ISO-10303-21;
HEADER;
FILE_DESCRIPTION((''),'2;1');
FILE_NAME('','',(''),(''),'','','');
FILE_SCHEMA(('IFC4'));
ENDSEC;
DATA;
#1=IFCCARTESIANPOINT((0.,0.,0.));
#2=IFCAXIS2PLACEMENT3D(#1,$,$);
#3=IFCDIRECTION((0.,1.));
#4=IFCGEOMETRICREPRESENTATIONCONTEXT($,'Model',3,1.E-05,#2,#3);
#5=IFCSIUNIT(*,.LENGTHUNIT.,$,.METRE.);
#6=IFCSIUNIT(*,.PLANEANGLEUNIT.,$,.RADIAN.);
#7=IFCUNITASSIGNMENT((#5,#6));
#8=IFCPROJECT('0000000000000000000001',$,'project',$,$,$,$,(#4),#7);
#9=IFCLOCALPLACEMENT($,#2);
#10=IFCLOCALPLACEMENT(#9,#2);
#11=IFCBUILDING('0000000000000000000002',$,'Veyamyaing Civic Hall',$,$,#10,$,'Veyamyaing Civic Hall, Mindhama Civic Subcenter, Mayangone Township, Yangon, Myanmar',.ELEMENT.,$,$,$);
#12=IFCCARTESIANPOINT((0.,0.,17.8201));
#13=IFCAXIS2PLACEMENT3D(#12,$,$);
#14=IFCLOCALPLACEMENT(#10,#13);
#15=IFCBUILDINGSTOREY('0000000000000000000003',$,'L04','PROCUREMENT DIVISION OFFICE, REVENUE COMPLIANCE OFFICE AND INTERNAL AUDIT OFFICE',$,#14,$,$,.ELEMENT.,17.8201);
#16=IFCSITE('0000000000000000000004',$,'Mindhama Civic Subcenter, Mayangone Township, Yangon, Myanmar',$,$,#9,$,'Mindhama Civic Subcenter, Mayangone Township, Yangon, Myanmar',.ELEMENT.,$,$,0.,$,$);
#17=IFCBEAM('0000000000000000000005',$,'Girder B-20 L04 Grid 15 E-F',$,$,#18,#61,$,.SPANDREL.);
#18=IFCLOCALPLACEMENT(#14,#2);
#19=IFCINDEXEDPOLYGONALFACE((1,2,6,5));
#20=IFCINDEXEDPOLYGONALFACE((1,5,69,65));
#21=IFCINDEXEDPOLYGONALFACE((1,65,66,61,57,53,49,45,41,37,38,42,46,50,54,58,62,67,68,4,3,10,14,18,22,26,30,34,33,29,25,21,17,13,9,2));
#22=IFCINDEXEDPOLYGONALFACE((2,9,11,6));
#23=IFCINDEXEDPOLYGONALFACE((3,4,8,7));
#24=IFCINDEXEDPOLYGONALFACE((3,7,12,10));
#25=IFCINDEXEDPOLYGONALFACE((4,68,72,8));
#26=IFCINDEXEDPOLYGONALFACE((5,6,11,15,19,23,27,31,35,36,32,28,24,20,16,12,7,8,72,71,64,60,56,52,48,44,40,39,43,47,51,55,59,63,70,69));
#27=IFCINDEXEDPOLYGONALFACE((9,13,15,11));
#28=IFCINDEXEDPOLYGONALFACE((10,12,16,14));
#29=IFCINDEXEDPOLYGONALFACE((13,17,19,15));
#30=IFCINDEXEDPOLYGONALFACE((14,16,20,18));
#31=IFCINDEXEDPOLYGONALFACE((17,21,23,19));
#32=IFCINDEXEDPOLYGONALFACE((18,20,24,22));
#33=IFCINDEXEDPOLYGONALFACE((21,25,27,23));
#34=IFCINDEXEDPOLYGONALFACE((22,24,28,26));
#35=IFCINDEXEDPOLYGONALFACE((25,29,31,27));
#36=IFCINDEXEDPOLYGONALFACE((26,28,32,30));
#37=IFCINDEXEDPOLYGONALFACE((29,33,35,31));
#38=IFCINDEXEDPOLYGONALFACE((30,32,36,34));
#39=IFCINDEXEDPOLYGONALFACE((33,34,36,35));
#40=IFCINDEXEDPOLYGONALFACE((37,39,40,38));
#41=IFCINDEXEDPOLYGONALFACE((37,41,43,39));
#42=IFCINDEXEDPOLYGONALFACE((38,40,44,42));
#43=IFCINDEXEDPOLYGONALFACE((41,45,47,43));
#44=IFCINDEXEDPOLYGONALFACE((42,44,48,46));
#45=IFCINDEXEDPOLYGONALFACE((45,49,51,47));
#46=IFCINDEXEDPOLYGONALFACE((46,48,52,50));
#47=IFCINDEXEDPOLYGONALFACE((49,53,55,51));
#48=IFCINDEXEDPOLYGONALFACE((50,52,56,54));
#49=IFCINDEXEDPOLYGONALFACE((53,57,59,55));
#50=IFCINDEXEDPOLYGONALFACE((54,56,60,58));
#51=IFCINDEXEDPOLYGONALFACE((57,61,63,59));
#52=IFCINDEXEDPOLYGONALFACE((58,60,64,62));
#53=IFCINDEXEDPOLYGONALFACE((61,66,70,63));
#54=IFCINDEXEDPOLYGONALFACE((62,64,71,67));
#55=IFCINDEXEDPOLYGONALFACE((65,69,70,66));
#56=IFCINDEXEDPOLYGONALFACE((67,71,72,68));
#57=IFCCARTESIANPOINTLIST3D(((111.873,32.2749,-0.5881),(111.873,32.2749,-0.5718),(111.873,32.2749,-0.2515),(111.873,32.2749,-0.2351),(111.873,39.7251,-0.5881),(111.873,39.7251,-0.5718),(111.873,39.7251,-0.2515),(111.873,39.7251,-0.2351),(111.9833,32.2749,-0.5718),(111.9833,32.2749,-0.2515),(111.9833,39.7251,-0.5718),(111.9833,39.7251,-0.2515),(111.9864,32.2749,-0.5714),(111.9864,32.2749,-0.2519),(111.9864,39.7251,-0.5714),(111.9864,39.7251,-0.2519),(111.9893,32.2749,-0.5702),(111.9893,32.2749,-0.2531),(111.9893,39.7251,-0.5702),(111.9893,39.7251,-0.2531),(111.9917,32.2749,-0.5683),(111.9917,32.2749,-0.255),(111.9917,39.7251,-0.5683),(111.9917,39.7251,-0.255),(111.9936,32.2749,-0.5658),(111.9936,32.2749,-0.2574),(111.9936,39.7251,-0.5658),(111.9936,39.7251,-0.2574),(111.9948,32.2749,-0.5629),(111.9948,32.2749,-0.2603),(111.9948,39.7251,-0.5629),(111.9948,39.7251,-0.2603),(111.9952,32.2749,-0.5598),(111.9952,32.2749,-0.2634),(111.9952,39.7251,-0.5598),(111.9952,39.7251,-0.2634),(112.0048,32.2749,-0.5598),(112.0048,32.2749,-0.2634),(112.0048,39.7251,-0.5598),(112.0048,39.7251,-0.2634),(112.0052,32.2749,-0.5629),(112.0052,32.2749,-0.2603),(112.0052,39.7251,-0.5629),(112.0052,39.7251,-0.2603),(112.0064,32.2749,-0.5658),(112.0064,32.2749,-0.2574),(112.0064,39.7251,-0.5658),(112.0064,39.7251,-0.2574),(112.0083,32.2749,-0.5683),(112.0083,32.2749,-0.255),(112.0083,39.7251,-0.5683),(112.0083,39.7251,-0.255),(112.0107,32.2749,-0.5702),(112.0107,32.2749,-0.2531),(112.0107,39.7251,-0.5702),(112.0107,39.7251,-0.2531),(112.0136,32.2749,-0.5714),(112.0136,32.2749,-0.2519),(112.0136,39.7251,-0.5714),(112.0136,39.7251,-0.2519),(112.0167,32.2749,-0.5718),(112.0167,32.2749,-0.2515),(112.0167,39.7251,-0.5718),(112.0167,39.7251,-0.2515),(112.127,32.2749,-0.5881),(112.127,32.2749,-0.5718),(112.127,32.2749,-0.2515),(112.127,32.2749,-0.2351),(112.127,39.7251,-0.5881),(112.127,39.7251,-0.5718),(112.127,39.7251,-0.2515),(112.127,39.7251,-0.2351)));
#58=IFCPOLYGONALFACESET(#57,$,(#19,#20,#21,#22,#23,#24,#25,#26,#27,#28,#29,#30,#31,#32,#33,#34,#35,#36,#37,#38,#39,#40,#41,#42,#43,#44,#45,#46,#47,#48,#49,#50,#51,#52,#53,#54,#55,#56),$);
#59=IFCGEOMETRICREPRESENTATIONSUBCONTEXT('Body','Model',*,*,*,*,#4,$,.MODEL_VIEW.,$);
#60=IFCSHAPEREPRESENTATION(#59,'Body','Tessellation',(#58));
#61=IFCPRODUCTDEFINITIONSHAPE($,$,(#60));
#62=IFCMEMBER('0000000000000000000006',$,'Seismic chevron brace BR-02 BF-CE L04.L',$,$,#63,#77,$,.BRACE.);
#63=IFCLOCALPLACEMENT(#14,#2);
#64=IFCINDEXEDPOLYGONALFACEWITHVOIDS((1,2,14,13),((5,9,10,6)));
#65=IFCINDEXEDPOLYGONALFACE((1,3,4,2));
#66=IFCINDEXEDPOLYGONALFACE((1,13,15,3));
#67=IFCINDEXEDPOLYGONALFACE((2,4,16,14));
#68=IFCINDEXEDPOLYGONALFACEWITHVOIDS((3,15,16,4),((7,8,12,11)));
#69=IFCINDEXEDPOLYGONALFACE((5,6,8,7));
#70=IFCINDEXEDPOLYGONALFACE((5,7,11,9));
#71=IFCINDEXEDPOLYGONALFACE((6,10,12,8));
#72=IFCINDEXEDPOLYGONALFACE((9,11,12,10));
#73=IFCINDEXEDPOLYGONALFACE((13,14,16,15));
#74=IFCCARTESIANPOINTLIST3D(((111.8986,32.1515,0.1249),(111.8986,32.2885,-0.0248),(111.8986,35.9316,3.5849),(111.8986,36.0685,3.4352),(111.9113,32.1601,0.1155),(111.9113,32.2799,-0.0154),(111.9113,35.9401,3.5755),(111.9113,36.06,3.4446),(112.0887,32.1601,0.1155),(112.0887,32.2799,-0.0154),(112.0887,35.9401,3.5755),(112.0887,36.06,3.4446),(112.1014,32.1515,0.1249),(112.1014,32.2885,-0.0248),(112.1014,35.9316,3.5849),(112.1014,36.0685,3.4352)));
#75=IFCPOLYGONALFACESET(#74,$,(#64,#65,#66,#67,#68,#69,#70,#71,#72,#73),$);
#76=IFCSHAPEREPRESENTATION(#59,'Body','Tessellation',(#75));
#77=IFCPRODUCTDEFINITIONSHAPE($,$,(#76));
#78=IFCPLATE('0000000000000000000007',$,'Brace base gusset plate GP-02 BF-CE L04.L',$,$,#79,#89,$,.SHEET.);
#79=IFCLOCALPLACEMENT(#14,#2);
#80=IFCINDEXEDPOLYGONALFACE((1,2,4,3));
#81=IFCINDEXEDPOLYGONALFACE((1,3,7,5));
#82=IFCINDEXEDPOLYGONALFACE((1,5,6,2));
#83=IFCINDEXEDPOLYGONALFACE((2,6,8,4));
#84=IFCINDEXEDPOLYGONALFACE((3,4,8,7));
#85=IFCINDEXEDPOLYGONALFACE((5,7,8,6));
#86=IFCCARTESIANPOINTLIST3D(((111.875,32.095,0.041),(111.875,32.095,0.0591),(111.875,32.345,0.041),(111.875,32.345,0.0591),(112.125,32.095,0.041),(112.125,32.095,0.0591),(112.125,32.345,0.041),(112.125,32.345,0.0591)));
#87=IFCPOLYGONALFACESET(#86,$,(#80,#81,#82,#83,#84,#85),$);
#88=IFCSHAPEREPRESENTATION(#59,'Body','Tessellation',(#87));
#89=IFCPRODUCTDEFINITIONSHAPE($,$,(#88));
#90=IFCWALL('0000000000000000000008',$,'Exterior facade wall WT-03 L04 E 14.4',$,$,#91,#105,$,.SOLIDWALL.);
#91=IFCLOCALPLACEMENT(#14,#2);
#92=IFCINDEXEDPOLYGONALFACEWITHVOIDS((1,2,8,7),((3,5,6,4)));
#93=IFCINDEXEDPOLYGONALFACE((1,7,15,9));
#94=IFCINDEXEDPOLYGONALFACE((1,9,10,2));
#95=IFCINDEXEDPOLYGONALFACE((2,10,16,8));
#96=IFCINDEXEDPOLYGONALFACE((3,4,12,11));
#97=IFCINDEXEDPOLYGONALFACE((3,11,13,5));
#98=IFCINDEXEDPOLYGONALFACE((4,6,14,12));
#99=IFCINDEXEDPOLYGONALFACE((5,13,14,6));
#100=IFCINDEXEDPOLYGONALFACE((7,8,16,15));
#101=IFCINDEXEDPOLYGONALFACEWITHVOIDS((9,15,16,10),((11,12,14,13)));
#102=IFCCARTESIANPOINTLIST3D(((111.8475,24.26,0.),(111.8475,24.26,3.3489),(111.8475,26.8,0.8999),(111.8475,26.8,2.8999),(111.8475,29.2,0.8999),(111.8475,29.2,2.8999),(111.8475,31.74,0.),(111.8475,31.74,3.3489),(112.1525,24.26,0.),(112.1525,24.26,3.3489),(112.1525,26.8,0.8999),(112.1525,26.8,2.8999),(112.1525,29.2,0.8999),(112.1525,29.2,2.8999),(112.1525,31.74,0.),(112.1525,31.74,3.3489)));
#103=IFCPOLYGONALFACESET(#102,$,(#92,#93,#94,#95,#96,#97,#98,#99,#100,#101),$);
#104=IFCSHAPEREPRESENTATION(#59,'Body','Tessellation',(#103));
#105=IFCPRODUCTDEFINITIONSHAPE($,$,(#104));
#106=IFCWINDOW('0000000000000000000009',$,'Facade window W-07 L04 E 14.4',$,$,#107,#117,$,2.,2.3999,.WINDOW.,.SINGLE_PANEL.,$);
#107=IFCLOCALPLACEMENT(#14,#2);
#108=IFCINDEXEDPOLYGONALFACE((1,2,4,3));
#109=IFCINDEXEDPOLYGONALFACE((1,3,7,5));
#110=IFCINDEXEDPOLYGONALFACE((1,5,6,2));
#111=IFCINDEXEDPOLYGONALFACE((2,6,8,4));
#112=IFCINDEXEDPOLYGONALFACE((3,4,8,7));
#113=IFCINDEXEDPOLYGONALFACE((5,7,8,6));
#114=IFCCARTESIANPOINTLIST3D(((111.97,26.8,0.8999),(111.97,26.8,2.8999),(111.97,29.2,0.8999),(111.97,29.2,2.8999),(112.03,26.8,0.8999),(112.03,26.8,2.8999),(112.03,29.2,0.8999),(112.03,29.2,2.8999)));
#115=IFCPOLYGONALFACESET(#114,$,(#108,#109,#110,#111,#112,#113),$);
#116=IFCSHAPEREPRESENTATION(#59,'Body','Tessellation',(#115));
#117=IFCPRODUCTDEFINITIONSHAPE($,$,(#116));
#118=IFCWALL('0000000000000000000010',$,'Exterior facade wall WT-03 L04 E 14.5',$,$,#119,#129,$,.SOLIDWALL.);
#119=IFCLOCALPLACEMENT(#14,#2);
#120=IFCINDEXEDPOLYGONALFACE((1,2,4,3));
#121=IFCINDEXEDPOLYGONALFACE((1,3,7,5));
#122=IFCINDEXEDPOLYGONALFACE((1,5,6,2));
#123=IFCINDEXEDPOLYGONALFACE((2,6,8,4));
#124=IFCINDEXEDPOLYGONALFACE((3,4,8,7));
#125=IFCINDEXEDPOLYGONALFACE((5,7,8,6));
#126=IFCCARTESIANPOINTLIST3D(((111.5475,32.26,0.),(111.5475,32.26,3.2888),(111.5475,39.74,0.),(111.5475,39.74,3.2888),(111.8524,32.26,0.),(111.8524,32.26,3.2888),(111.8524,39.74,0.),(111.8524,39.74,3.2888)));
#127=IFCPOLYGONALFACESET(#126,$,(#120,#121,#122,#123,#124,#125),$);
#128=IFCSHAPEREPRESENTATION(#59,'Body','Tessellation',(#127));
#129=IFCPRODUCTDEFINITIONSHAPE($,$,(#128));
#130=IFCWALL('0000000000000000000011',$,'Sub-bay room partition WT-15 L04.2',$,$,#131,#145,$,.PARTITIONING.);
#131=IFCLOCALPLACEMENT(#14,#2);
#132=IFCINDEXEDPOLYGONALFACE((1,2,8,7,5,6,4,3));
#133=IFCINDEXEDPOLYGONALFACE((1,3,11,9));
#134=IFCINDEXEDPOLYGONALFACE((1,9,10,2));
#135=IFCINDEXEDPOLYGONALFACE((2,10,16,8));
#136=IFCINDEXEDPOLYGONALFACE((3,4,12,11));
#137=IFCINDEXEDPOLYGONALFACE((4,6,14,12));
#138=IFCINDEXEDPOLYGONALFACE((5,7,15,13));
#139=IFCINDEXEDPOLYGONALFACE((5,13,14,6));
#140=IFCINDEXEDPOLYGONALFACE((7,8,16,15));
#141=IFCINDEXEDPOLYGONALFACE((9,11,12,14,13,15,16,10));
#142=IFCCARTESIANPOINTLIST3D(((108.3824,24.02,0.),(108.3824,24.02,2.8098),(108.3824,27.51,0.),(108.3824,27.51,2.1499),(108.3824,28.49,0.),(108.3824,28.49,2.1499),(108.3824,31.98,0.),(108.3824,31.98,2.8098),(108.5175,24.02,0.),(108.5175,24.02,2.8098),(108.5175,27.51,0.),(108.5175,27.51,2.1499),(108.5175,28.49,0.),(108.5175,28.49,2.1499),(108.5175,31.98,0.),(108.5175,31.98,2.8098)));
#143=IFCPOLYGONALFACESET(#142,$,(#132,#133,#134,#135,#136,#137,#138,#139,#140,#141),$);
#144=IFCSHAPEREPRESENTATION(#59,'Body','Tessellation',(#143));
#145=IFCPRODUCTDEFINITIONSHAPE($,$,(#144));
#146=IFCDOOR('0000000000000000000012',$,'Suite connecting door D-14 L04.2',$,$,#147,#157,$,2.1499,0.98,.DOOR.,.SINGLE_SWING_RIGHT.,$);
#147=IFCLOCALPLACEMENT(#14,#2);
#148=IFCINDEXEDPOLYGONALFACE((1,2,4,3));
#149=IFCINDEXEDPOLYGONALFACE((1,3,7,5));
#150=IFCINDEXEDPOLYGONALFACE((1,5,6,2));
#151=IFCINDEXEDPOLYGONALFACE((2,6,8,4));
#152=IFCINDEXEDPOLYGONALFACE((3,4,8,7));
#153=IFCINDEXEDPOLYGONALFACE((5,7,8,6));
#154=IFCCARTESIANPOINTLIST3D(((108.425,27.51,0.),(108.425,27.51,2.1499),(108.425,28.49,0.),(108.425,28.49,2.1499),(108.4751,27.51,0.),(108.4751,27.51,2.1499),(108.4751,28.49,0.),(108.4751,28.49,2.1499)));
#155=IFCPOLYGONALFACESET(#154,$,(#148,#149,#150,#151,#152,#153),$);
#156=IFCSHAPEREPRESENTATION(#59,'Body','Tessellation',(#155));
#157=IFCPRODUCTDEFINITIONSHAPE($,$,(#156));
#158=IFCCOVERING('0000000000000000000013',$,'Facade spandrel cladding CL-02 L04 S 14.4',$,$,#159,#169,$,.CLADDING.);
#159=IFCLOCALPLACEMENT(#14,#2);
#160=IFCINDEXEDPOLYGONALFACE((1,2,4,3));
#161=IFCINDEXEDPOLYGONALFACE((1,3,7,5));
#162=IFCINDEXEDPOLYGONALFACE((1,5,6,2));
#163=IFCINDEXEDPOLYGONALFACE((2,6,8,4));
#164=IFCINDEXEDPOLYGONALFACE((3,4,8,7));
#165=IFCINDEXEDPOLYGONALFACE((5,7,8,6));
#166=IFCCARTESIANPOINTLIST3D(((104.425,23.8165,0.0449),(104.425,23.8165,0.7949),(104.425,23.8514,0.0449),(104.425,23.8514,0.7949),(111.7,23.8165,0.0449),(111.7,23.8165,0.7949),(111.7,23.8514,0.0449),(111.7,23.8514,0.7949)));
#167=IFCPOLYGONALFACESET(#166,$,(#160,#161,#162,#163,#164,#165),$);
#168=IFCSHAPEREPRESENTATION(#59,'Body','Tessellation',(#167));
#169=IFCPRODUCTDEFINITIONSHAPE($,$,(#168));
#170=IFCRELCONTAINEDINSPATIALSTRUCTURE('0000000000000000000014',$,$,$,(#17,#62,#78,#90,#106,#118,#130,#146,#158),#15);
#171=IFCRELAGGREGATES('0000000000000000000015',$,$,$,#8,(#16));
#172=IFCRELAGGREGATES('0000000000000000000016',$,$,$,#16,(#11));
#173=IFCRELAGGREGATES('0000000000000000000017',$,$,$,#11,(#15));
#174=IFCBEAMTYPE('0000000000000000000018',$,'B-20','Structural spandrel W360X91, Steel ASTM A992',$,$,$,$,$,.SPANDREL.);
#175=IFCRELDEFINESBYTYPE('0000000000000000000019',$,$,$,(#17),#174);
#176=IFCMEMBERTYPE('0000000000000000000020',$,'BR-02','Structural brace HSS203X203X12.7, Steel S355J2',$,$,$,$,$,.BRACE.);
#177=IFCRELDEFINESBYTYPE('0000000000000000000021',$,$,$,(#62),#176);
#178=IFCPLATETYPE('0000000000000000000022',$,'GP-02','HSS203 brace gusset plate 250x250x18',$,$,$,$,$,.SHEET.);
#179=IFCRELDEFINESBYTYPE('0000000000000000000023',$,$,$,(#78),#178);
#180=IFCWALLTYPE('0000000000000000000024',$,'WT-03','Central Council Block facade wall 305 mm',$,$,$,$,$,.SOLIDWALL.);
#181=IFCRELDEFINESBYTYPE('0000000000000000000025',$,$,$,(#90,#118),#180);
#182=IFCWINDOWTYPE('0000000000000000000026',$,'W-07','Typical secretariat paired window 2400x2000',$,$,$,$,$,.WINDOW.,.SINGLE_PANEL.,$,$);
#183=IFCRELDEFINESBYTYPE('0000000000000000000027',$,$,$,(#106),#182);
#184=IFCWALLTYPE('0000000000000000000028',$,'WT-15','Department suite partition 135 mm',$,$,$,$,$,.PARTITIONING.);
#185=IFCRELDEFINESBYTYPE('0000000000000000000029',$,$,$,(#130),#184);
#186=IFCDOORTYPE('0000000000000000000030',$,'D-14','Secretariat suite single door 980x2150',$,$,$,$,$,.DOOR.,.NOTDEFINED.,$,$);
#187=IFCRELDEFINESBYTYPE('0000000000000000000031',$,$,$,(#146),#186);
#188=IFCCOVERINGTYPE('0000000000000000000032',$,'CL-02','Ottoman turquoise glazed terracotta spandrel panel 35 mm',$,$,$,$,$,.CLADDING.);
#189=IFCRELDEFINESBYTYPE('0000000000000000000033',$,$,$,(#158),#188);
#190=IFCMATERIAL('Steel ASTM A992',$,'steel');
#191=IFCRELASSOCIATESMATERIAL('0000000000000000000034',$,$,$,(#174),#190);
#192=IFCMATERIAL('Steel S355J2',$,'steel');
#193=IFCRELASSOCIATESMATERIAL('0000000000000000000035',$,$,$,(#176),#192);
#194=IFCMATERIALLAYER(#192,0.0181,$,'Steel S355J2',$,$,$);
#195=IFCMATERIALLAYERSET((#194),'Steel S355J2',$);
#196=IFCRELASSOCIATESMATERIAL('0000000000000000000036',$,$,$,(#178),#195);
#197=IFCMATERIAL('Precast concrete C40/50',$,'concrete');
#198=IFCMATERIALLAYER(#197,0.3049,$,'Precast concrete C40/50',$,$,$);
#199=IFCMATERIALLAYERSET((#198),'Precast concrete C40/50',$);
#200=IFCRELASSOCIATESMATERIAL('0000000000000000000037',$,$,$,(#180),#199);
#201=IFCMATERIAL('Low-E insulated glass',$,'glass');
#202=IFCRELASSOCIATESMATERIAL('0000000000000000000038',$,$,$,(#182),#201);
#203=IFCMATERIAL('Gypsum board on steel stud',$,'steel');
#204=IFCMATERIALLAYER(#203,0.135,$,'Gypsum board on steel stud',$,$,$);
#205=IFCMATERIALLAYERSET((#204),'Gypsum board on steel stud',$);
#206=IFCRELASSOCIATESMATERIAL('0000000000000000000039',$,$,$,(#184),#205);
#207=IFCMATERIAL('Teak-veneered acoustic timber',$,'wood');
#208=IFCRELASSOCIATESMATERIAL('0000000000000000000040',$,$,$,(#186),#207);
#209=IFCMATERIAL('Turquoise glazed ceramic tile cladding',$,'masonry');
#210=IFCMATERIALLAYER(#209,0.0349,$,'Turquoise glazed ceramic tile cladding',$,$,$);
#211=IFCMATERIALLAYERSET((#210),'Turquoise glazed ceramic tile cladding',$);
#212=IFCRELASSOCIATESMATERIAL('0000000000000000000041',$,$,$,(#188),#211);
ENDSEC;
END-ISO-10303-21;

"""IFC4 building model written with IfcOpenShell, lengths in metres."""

from ifc_helpers import new_model, si_unit, direction, frame, frame_2d, origin, origin_2d, place, context, subcontext, project, spatial, rectangle, hollow_rectangle, i_section, extrude, material, layer, layer_set, material_profile, profile_set, type_object, element, fill, save


model = new_model("IFC4")

# Units and contexts
model_context = context("Model", 3, precision=1e-05, world=origin(), true_north=direction((0.0, 1.0)))
body_context = subcontext(model_context, "Body", "Model", "MODEL_VIEW")
ifc_project = project(units=[si_unit("LENGTHUNIT", "METRE"), si_unit("PLANEANGLEUNIT", "RADIAN")], contexts=[model_context])

# Site, building, storey
site_placement = place(None, origin())
site = spatial("IfcSite", under=ifc_project, at=site_placement, Name="Mindhama Civic Subcenter, Mayangone Township, Yangon, Myanmar", LongName="Mindhama Civic Subcenter, Mayangone Township, Yangon, Myanmar", CompositionType="ELEMENT", RefElevation=0.0)
building_placement = place(site_placement, origin())
building = spatial("IfcBuilding", under=site, at=building_placement, Name="Veyamyaing Civic Hall", LongName="Veyamyaing Civic Hall, Mindhama Civic Subcenter, Mayangone Township, Yangon, Myanmar", CompositionType="ELEMENT")
storey_placement = place(building_placement, frame((0.0, 0.0, 17.8201)))
storey = spatial("IfcBuildingStorey", under=building, at=storey_placement, Name="L04", Description="PROCUREMENT DIVISION OFFICE, REVENUE COMPLIANCE OFFICE AND INTERNAL AUDIT OFFICE", CompositionType="ELEMENT", Elevation=17.8201)

# Beam
ifc_material_1 = material(Name="Steel ASTM A992", Category="steel")
ifc_material_profile_1 = material_profile(ifc_material_1, i_section(OverallWidth=0.2539, OverallDepth=0.353, WebThickness=0.0095, FlangeThickness=0.0164, FilletRadius=0.012, at=origin_2d()), Name="W360X91")
ifc_profile_set_1 = profile_set([ifc_material_profile_1], Name="Steel ASTM A992")
beam_type_1 = type_object("IfcBeamType", Name="B-20", Description="Structural spandrel W360X91, Steel ASTM A992", PredefinedType="SPANDREL", material=ifc_profile_set_1)
beam_1_placement = place(storey_placement, frame((112.0, 32.2749, -0.4116), z_axis=(0.0, 1.0, 0.0), x_axis=(-1.0, 0.0, 0.0)))
element("IfcBeam", 1, at=beam_1_placement, inside=storey, type_object=beam_type_1, Name="Girder B-20 L04 Grid 15 E-F", PredefinedType="SPANDREL", context=body_context, shape_type="SweptSolid", body=[
    extrude(i_section(OverallWidth=0.2539, OverallDepth=0.353, WebThickness=0.0095, FlangeThickness=0.0164, FilletRadius=0.012, at=origin_2d()), origin(), (0.0, 0.0, 1.0), 7.4502),
])

# Member
ifc_material_2 = material(Name="Steel S355J2", Category="steel")
ifc_material_profile_2 = material_profile(ifc_material_2, hollow_rectangle(XDim=0.2029, YDim=0.2029, WallThickness=0.0127, at=origin_2d()), Name="HSS203X203X12.7")
ifc_profile_set_2 = profile_set([ifc_material_profile_2], Name="Steel S355J2")
member_type = type_object("IfcMemberType", Name="BR-02", Description="Structural brace HSS203X203X12.7, Steel S355J2", PredefinedType="BRACE", material=ifc_profile_set_2)
member_placement = place(storey_placement, frame((112.0, 32.22, 0.05), z_axis=(0.0, 0.737646, 0.675187), x_axis=(-1.0, 0.0, 0.0)))
element("IfcMember", 2, at=member_placement, inside=storey, type_object=member_type, Name="Seismic chevron brace BR-02 BF-CE L04.L", PredefinedType="BRACE", context=body_context, shape_type="SweptSolid", body=[
    extrude(hollow_rectangle(XDim=0.2029, YDim=0.2029, WallThickness=0.0127, at=origin_2d()), origin(), (0.0, 0.0, 1.0), 5.1245),
])

# Plate
ifc_layer_1 = layer(ifc_material_2, 0.0181, Name="Steel S355J2")
ifc_layer_set_1 = layer_set([ifc_layer_1], Name="Steel S355J2")
plate_type = type_object("IfcPlateType", Name="GP-02", Description="HSS203 brace gusset plate 250x250x18", PredefinedType="SHEET", material=ifc_layer_set_1)
plate_placement = place(storey_placement, frame((112.0, 32.22, 0.041), z_axis=(0.0, 0.0, 1.0), x_axis=(1.0, 0.0, 0.0)))
element("IfcPlate", 3, at=plate_placement, inside=storey, type_object=plate_type, Name="Brace base gusset plate GP-02 BF-CE L04.L", PredefinedType="SHEET", context=body_context, shape_type="SweptSolid", body=[
    extrude(rectangle(XDim=0.25, YDim=0.25, at=origin_2d()), origin(), (0.0, 0.0, 1.0), 0.0181),
])

# Wall, opening, window
ifc_material_3 = material(Name="Precast concrete C40/50", Category="concrete")
ifc_layer_2 = layer(ifc_material_3, 0.3049, Name="Precast concrete C40/50")
ifc_layer_set_2 = layer_set([ifc_layer_2], Name="Precast concrete C40/50")
wall_type_1 = type_object("IfcWallType", Name="WT-03", Description="Central Council Block facade wall 305 mm", PredefinedType="SOLIDWALL", material=ifc_layer_set_2)
wall_1_placement = place(storey_placement, frame((112.0, 24.26, 0.0), z_axis=(0.0, 0.0, 1.0), x_axis=(0.0, 1.0, 0.0)))
wall_1 = element("IfcWall", 4, at=wall_1_placement, inside=storey, type_object=wall_type_1, Name="Exterior facade wall WT-03 L04 E 14.4", PredefinedType="SOLIDWALL", context=body_context, shape_type="SweptSolid", body=[
    extrude(rectangle(XDim=7.48, YDim=0.3049, at=frame_2d((3.74, 0.0))), origin(), (0.0, 0.0, 1.0), 3.3489),
])
opening_1_placement = place(wall_1_placement, frame((2.54, 0.0, 0.8999)))
opening_1 = element("IfcOpeningElement", 5, at=opening_1_placement, cuts=wall_1, PredefinedType="OPENING", context=body_context, shape_type="SweptSolid", body=[
    extrude(rectangle(XDim=2.3999, YDim=2.0, at=frame_2d((1.2, 1.0))), frame((0.0, 0.1624, 0.0), z_axis=(0.0, -1.0, 0.0), x_axis=(1.0, 0.0, 0.0)), (0.0, 0.0, 1.0), 0.325),
])
ifc_material_4 = material(Name="Low-E insulated glass", Category="glass")
window_type = type_object("IfcWindowType", Name="W-07", Description="Typical secretariat paired window 2400x2000", PartitioningType="SINGLE_PANEL", PredefinedType="WINDOW", material=ifc_material_4)
window_placement = place(opening_1_placement, origin())
window = element("IfcWindow", 6, at=window_placement, inside=storey, type_object=window_type, Name="Facade window W-07 L04 E 14.4", OverallHeight=2.0, OverallWidth=2.3999, PartitioningType="SINGLE_PANEL", PredefinedType="WINDOW", context=body_context, shape_type="SweptSolid", body=[
    extrude(rectangle(XDim=2.3999, YDim=2.0, at=frame_2d((1.2, 1.0))), frame((0.0, 0.03, 0.0), z_axis=(0.0, -1.0, 0.0), x_axis=(1.0, 0.0, 0.0)), (0.0, 0.0, 1.0), 0.0601),
])
fill(opening_1, window)

# Wall
wall_2_placement = place(storey_placement, frame((111.7, 32.26, 0.0), z_axis=(0.0, 0.0, 1.0), x_axis=(0.0, 1.0, 0.0)))
element("IfcWall", 7, at=wall_2_placement, inside=storey, type_object=wall_type_1, Name="Exterior facade wall WT-03 L04 E 14.5", PredefinedType="SOLIDWALL", context=body_context, shape_type="SweptSolid", body=[
    extrude(rectangle(XDim=7.48, YDim=0.3049, at=frame_2d((3.74, 0.0))), origin(), (0.0, 0.0, 1.0), 3.2888),
])

# Wall, opening, door
ifc_material_5 = material(Name="Gypsum board on steel stud", Category="steel")
ifc_layer_3 = layer(ifc_material_5, 0.135, Name="Gypsum board on steel stud")
ifc_layer_set_3 = layer_set([ifc_layer_3], Name="Gypsum board on steel stud")
wall_type_2 = type_object("IfcWallType", Name="WT-15", Description="Department suite partition 135 mm", PredefinedType="PARTITIONING", material=ifc_layer_set_3)
wall_3_placement = place(storey_placement, frame((108.45, 24.02, 0.0), z_axis=(0.0, 0.0, 1.0), x_axis=(0.0, 1.0, 0.0)))
wall_3 = element("IfcWall", 8, at=wall_3_placement, inside=storey, type_object=wall_type_2, Name="Sub-bay room partition WT-15 L04.2", PredefinedType="PARTITIONING", context=body_context, shape_type="SweptSolid", body=[
    extrude(rectangle(XDim=7.96, YDim=0.135, at=frame_2d((3.98, 0.0))), origin(), (0.0, 0.0, 1.0), 2.8098),
])
opening_2_placement = place(wall_3_placement, frame((3.49, 0.0, 0.0)))
opening_2 = element("IfcOpeningElement", 9, at=opening_2_placement, cuts=wall_3, PredefinedType="OPENING", context=body_context, shape_type="SweptSolid", body=[
    extrude(rectangle(XDim=0.98, YDim=2.1499, at=frame_2d((0.49, 1.075))), frame((0.0, 0.0774, 0.0), z_axis=(0.0, -1.0, 0.0), x_axis=(1.0, 0.0, 0.0)), (0.0, 0.0, 1.0), 0.155),
])
ifc_material_6 = material(Name="Teak-veneered acoustic timber", Category="wood")
door_type = type_object("IfcDoorType", Name="D-14", Description="Secretariat suite single door 980x2150", OperationType="NOTDEFINED", PredefinedType="DOOR", material=ifc_material_6)
door_placement = place(opening_2_placement, origin())
door = element("IfcDoor", 10, at=door_placement, inside=storey, type_object=door_type, Name="Suite connecting door D-14 L04.2", OperationType="SINGLE_SWING_RIGHT", OverallHeight=2.1499, OverallWidth=0.98, PredefinedType="DOOR", context=body_context, shape_type="SweptSolid", body=[
    extrude(rectangle(XDim=0.98, YDim=2.1499, at=frame_2d((0.49, 1.075))), frame((0.0, 0.0249, 0.0), z_axis=(0.0, -1.0, 0.0), x_axis=(1.0, 0.0, 0.0)), (0.0, 0.0, 1.0), 0.05),
])
fill(opening_2, door)

# Covering
ifc_material_7 = material(Name="Turquoise glazed ceramic tile cladding", Category="masonry")
ifc_layer_4 = layer(ifc_material_7, 0.0349, Name="Turquoise glazed ceramic tile cladding")
ifc_layer_set_4 = layer_set([ifc_layer_4], Name="Turquoise glazed ceramic tile cladding")
covering_type_1 = type_object("IfcCoveringType", Name="CL-02", Description="Ottoman turquoise glazed terracotta spandrel panel 35 mm", PredefinedType="CLADDING", material=ifc_layer_set_4)
covering_1_placement = place(storey_placement, frame((108.0625, 23.834, 0.0449), z_axis=(0.0, 0.0, 1.0), x_axis=(1.0, 0.0, 0.0)))
element("IfcCovering", 11, at=covering_1_placement, inside=storey, type_object=covering_type_1, Name="Facade spandrel cladding CL-02 L04 S 14.4", PredefinedType="CLADDING", context=body_context, shape_type="SweptSolid", body=[
    extrude(rectangle(XDim=7.2749, YDim=0.0349, at=origin_2d()), origin(), (0.0, 0.0, 1.0), 0.75),
])

save(model, "model.ifc")
